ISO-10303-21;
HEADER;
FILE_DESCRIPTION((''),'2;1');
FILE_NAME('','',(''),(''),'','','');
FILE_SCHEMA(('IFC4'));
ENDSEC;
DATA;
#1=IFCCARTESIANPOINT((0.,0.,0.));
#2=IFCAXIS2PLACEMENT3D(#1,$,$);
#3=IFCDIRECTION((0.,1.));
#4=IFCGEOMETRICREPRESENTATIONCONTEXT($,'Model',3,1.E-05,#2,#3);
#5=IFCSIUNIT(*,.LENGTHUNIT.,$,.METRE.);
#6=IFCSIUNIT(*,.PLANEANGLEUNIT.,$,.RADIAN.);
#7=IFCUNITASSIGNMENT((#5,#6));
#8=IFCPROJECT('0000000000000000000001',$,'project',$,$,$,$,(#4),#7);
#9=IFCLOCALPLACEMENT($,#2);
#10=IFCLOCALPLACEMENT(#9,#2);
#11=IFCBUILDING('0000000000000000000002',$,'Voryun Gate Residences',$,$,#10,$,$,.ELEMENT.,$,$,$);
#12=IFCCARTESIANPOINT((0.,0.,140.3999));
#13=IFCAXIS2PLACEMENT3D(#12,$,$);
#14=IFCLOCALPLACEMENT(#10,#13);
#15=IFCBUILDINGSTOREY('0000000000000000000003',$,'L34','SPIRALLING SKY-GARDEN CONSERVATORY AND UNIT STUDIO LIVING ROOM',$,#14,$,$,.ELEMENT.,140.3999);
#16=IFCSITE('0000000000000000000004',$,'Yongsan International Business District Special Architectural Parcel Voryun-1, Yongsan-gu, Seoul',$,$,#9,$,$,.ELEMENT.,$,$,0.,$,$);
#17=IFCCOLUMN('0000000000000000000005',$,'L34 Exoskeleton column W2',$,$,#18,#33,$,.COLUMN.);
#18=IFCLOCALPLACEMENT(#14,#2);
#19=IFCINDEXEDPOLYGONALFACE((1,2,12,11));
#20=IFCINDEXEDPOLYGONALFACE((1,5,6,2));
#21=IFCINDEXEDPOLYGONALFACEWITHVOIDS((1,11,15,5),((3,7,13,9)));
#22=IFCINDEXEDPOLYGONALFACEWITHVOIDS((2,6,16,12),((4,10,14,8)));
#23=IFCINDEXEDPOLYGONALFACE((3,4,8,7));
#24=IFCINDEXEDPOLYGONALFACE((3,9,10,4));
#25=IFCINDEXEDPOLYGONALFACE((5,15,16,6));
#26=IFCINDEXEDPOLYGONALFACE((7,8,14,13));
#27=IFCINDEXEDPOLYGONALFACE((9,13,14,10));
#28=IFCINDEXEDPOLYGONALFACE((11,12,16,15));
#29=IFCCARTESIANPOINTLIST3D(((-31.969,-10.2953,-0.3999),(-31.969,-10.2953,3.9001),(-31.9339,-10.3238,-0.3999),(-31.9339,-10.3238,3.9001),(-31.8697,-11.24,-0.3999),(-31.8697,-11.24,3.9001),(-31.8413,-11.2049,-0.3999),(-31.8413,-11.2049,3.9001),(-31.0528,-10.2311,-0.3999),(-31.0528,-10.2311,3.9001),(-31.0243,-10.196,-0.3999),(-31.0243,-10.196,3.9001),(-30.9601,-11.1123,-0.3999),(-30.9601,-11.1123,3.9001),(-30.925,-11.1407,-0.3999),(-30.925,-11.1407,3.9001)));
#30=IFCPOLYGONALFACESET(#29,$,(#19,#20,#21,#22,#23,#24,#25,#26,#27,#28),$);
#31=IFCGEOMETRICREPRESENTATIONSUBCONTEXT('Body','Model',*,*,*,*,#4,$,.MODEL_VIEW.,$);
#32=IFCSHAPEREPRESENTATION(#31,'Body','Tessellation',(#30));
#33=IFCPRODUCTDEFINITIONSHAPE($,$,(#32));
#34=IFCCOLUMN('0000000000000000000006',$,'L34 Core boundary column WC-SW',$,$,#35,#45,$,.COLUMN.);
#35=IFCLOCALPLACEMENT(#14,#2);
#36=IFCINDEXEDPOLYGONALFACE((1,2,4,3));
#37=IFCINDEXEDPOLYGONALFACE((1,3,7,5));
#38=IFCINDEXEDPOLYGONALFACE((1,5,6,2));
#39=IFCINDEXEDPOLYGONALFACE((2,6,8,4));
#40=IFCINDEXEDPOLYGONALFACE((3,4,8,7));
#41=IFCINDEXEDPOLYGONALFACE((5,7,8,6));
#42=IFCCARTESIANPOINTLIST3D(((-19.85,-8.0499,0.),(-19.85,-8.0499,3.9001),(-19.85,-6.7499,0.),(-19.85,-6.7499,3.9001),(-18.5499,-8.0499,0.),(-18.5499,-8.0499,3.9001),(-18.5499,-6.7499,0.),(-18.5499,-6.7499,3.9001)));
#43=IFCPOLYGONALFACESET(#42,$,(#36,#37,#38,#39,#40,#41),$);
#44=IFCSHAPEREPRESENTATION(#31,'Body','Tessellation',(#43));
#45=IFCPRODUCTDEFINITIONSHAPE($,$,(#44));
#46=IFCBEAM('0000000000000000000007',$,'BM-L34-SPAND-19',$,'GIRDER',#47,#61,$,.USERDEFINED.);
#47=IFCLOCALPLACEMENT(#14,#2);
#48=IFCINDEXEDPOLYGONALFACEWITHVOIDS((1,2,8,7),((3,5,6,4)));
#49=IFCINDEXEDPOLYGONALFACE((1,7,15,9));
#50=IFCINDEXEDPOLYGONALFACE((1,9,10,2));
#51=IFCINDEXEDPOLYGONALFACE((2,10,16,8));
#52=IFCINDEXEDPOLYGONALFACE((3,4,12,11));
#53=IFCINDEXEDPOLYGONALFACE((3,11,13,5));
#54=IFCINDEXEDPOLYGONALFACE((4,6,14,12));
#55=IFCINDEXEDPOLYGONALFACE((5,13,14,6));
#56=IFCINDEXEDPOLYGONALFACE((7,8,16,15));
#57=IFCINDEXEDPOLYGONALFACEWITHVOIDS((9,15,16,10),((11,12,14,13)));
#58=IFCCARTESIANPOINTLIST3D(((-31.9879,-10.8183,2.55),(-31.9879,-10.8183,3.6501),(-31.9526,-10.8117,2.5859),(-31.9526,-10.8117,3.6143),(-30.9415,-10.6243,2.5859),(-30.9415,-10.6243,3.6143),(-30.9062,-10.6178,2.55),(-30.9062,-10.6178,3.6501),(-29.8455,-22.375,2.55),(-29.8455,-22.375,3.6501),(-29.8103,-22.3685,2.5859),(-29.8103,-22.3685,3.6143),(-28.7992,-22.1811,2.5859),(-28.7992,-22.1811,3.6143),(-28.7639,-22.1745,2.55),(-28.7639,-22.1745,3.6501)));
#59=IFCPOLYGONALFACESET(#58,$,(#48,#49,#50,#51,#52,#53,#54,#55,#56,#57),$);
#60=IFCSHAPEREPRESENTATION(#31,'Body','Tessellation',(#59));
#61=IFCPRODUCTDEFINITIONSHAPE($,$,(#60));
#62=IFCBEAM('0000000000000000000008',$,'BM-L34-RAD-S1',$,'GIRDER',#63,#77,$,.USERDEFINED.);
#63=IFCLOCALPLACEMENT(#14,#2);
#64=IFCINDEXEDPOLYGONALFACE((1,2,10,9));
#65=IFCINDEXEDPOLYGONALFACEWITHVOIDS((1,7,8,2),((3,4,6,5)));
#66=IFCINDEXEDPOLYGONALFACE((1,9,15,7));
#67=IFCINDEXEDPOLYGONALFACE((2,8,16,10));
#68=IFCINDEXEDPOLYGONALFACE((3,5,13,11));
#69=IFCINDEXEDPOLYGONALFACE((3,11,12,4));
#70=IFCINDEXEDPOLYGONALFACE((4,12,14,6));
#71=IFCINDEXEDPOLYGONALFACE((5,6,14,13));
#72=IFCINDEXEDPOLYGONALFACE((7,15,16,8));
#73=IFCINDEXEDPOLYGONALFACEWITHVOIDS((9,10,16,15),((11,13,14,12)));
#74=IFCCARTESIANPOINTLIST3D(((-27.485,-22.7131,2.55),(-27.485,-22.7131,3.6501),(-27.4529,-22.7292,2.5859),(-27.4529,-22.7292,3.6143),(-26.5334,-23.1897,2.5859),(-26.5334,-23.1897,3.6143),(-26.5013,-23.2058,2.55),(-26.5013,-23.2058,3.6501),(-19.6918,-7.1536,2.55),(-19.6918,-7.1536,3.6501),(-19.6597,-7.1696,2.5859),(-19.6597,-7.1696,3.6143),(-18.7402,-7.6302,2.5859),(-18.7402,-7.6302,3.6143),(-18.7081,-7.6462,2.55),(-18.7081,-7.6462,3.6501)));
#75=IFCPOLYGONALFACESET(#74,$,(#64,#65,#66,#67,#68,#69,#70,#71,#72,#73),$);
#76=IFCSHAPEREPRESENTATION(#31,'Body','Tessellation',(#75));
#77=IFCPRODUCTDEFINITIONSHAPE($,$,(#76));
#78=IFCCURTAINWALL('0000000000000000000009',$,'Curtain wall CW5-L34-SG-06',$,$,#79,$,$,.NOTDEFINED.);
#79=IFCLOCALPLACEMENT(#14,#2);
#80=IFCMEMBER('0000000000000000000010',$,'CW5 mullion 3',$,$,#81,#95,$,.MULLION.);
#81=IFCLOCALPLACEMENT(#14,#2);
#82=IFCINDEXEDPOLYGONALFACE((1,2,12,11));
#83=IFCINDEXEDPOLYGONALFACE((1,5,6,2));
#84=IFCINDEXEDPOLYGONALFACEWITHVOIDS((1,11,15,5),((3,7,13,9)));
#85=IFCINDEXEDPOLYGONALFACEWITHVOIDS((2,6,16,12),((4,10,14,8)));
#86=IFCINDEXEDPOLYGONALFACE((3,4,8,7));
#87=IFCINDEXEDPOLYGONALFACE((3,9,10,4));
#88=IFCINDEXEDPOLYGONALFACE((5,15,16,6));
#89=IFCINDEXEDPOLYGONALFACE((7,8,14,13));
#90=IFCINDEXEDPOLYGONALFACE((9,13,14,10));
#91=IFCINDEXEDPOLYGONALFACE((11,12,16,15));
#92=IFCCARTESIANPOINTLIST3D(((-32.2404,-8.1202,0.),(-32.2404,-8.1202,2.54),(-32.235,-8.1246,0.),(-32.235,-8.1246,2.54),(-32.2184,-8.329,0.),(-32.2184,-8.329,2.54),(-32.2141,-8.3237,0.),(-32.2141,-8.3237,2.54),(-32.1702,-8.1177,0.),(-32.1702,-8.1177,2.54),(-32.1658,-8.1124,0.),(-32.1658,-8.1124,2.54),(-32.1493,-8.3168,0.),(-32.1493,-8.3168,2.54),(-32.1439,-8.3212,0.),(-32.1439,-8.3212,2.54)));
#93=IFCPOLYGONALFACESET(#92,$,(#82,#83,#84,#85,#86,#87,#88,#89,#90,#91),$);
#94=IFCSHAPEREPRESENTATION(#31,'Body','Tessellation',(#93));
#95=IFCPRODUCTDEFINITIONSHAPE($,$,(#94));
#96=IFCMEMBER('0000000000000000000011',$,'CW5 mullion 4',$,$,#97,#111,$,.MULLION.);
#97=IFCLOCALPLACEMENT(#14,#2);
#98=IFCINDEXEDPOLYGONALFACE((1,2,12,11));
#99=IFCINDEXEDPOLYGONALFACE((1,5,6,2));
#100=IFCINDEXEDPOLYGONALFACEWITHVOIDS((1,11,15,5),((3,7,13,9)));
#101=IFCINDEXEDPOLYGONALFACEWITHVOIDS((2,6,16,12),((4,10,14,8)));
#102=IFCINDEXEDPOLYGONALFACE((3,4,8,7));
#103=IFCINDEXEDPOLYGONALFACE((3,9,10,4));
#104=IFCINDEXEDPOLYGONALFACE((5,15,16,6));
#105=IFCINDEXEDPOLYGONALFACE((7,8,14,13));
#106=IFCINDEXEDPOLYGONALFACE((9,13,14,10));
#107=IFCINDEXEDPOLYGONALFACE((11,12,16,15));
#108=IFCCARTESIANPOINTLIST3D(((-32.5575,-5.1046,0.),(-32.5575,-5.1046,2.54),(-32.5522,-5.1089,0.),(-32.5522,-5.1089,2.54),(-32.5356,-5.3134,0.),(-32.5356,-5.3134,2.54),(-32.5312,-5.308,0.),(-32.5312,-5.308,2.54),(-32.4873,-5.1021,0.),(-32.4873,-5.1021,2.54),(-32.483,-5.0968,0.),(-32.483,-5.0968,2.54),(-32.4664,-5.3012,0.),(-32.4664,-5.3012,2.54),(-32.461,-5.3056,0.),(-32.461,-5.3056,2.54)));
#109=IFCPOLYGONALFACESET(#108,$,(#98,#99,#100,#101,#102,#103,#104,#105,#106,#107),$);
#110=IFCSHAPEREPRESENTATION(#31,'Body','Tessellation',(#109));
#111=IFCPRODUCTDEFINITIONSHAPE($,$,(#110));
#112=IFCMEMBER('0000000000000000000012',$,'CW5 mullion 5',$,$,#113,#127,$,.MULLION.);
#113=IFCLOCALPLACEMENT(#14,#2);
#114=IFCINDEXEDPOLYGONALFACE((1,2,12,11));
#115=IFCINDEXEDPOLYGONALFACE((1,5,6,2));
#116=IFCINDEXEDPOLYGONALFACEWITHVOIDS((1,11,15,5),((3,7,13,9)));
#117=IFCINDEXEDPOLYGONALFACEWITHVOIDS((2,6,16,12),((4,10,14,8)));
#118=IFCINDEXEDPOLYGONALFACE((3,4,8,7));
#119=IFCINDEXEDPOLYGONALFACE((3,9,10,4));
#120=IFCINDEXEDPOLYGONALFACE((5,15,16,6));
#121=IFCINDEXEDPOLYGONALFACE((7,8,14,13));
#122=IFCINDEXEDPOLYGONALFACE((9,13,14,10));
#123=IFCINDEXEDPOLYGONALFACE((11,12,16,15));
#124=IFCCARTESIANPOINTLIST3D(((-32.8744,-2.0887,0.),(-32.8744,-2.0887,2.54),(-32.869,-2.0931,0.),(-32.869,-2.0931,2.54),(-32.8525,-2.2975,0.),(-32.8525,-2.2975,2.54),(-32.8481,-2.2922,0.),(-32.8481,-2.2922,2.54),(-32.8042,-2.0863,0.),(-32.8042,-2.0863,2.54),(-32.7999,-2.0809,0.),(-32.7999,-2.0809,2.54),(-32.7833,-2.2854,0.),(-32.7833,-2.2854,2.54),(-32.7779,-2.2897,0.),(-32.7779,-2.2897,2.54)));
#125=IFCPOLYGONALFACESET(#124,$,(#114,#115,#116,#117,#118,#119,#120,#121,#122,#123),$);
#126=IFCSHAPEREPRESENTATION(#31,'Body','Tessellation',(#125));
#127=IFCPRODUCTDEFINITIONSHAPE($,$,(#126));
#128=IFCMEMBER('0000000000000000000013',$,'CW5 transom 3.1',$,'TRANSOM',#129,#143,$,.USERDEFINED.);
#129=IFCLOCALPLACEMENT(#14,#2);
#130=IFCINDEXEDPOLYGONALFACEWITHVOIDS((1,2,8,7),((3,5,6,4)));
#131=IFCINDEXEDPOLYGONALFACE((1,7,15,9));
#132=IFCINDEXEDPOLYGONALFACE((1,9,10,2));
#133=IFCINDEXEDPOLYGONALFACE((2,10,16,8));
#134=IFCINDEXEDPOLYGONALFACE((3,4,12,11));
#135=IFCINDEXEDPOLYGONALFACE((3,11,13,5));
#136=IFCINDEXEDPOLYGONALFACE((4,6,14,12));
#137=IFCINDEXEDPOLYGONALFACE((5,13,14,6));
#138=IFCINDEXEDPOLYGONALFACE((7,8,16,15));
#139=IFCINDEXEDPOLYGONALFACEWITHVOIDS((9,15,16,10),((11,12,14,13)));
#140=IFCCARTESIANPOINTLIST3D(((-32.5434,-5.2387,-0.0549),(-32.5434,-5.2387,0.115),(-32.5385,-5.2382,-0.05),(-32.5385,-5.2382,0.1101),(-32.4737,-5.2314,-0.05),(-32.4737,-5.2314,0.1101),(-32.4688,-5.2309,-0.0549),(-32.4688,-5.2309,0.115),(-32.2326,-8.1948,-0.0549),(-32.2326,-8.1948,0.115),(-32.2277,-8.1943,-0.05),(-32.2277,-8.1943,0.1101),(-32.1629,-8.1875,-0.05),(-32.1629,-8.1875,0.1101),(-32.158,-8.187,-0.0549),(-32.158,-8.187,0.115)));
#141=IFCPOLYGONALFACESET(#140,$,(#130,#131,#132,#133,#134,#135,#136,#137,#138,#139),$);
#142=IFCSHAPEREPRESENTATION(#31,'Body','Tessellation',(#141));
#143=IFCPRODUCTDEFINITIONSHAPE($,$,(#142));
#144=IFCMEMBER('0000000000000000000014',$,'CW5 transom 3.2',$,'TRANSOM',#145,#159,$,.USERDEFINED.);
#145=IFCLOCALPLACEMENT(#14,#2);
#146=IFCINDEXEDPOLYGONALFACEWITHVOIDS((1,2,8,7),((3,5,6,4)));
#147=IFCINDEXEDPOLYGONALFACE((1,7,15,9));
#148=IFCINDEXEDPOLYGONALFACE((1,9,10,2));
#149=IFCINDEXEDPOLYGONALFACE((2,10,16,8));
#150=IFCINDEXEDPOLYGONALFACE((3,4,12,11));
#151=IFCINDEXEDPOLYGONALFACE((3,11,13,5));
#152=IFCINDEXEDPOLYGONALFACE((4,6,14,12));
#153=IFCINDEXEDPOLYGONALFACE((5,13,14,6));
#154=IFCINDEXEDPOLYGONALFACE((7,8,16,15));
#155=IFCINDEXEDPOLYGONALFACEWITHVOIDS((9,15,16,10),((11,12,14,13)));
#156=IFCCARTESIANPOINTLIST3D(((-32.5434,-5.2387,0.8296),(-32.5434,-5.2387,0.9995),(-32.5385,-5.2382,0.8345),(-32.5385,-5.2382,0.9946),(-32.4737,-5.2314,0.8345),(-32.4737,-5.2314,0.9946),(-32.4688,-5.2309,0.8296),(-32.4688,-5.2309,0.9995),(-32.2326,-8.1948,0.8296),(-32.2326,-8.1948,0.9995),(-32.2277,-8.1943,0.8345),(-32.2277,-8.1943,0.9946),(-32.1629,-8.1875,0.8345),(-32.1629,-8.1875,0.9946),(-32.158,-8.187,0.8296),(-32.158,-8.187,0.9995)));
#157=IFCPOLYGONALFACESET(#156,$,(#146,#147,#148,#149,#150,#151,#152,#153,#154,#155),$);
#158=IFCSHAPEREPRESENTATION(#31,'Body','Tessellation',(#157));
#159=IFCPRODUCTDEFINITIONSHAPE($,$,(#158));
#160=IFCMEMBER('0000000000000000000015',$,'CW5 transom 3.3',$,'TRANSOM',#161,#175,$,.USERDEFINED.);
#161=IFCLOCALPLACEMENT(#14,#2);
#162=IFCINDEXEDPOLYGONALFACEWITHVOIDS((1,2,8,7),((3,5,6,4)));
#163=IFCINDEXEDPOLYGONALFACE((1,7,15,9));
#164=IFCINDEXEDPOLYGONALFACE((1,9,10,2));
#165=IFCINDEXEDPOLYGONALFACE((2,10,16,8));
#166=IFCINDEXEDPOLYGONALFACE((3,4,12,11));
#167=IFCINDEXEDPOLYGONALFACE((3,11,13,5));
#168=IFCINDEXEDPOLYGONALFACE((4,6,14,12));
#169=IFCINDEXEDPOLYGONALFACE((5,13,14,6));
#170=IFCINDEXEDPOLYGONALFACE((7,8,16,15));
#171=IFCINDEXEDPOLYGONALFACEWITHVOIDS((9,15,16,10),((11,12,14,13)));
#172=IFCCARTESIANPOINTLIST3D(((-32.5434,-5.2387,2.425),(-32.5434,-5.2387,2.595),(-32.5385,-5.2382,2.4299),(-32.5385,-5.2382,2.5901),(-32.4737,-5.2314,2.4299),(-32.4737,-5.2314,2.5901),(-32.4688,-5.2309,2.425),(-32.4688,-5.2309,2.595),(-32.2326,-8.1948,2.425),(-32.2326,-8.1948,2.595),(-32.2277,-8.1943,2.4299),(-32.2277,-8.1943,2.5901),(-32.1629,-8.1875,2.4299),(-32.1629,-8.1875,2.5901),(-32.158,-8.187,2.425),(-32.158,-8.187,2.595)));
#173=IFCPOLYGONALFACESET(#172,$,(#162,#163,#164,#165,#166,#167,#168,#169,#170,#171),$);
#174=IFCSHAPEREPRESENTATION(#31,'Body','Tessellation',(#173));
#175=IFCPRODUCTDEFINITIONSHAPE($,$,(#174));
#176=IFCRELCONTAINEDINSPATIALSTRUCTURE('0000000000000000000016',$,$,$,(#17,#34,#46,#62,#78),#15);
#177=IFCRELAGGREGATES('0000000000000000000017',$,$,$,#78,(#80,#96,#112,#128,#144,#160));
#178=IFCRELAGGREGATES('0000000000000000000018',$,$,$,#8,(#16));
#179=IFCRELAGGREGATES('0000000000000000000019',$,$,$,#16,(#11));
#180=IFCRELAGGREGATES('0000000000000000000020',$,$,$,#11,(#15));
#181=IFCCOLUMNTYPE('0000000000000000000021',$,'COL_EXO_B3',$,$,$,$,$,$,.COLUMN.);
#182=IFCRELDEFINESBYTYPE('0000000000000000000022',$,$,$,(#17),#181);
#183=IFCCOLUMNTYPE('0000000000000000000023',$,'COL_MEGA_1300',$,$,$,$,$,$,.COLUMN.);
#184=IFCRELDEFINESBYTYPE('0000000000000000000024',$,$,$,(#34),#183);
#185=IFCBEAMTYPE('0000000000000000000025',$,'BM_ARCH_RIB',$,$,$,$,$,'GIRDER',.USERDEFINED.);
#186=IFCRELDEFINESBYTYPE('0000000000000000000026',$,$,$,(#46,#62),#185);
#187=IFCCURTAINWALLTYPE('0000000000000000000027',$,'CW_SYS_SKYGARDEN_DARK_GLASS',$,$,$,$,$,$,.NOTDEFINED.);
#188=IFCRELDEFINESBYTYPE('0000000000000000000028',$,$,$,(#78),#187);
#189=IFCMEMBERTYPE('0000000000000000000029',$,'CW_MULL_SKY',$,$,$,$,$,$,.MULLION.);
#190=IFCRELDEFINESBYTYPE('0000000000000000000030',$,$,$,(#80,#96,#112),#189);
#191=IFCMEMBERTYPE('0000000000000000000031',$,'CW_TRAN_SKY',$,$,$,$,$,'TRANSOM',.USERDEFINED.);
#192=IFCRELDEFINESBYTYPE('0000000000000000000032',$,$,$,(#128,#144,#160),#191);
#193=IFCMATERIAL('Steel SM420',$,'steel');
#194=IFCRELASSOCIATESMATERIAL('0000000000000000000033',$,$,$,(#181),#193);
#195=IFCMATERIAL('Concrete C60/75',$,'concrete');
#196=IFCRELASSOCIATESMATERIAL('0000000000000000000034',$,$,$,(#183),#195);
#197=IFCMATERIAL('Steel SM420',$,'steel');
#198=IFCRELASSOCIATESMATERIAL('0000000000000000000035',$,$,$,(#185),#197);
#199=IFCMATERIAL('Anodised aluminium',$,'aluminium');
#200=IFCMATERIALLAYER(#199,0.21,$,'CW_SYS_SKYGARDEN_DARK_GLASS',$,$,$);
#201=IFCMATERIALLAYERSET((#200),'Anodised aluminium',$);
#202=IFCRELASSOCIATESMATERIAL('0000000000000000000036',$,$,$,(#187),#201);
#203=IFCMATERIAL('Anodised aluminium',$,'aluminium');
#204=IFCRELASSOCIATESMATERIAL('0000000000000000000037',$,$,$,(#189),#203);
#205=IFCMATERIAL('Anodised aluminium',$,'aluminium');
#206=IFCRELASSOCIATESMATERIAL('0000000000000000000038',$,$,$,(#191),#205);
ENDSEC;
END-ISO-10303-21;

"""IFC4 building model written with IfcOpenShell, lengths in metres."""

from ifc_helpers import new_model, si_unit, direction, frame, origin, origin_2d, place, context, subcontext, project, spatial, rectangle, hollow_rectangle, extrude, material, layer, layer_set, material_profile, profile_set, type_object, element, aggregate, save


model = new_model("IFC4")

# Units and contexts
model_context = context("Model", 3, precision=1e-05, world=origin(), true_north=direction((0.0, 1.0)))
body_context = subcontext(model_context, "Body", "Model", "MODEL_VIEW")
ifc_project = project(units=[si_unit("LENGTHUNIT", "METRE"), si_unit("PLANEANGLEUNIT", "RADIAN")], contexts=[model_context])

# Site, building, storey
site_placement = place(None, origin())
site = spatial("IfcSite", under=ifc_project, at=site_placement, Name="Yongsan International Business District Special Architectural Parcel Voryun-1, Yongsan-gu, Seoul", CompositionType="ELEMENT", RefElevation=0.0)
building_placement = place(site_placement, origin())
building = spatial("IfcBuilding", under=site, at=building_placement, Name="Voryun Gate Residences", CompositionType="ELEMENT")
storey_placement = place(building_placement, frame((0.0, 0.0, 140.3999)))
storey = spatial("IfcBuildingStorey", under=building, at=storey_placement, Name="L34", Description="SPIRALLING SKY-GARDEN CONSERVATORY AND UNIT STUDIO LIVING ROOM", CompositionType="ELEMENT", Elevation=140.3999)

# Columns
ifc_material_1 = material(Name="Steel SM420", Category="steel")
ifc_material_profile_1 = material_profile(ifc_material_1, hollow_rectangle(XDim=0.95, YDim=0.95, WallThickness=0.032, at=origin_2d()), Name="BOX-950x950x32")
ifc_profile_set_1 = profile_set([ifc_material_profile_1], Name="Steel SM420")
column_type_1 = type_object("IfcColumnType", Name="COL_EXO_B3", PredefinedType="COLUMN", material=ifc_profile_set_1)
column_1_placement = place(storey_placement, frame((-31.447, -10.718, -0.3999), z_axis=(0.0, 0.0, 1.0), x_axis=(0.994522, 0.104528, 0.0)))
element("IfcColumn", 1, at=column_1_placement, inside=storey, type_object=column_type_1, Name="L34 Exoskeleton column W2", PredefinedType="COLUMN", context=body_context, shape_type="SweptSolid", body=[
    extrude(hollow_rectangle(XDim=0.95, YDim=0.95, WallThickness=0.032, at=origin_2d()), origin(), (0.0, 0.0, 1.0), 4.3),
])
ifc_material_2 = material(Name="Concrete C60/75", Category="concrete")
ifc_material_profile_2 = material_profile(ifc_material_2, rectangle(XDim=1.3, YDim=1.3, at=origin_2d()), Name="RC-1300x1300")
ifc_profile_set_2 = profile_set([ifc_material_profile_2], Name="Concrete C60/75")
column_type_2 = type_object("IfcColumnType", Name="COL_MEGA_1300", PredefinedType="COLUMN", material=ifc_profile_set_2)
column_2_placement = place(storey_placement, frame((-19.2, -7.3999, 0.0), z_axis=(0.0, 0.0, 1.0), x_axis=(1.0, 0.0, 0.0)))
element("IfcColumn", 2, at=column_2_placement, inside=storey, type_object=column_type_2, Name="L34 Core boundary column WC-SW", PredefinedType="COLUMN", context=body_context, shape_type="SweptSolid", body=[
    extrude(rectangle(XDim=1.3, YDim=1.3, at=origin_2d()), origin(), (0.0, 0.0, 1.0), 3.9001),
])

# Beams
ifc_material_3 = material(Name="Steel SM420", Category="steel")
ifc_material_profile_3 = material_profile(ifc_material_3, hollow_rectangle(XDim=1.1001, YDim=1.1001, WallThickness=0.0359, at=origin_2d()), Name="BOX-1100x1100x36")
ifc_profile_set_3 = profile_set([ifc_material_profile_3], Name="Steel SM420")
beam_type = type_object("IfcBeamType", Name="BM_ARCH_RIB", ElementType="GIRDER", PredefinedType="USERDEFINED", material=ifc_profile_set_3)
beam_1_placement = place(storey_placement, frame((-31.447, -10.718, 3.1001), z_axis=(0.182268, -0.983249, 0.0), x_axis=(0.983249, 0.182268, 0.0)))
element("IfcBeam", 3, at=beam_1_placement, inside=storey, type_object=beam_type, Name="BM-L34-SPAND-19", ObjectType="GIRDER", PredefinedType="USERDEFINED", context=body_context, shape_type="SweptSolid", body=[
    extrude(hollow_rectangle(XDim=1.1001, YDim=1.1001, WallThickness=0.0359, at=origin_2d()), origin(), (0.0, 0.0, 1.0), 11.7537),
])
beam_2_placement = place(storey_placement, frame((-19.2, -7.3999, 3.1001), z_axis=(-0.447831, -0.894118, 0.0), x_axis=(0.894118, -0.447831, 0.0)))
element("IfcBeam", 4, at=beam_2_placement, inside=storey, type_object=beam_type, Name="BM-L34-RAD-S1", ObjectType="GIRDER", PredefinedType="USERDEFINED", context=body_context, shape_type="SweptSolid", body=[
    extrude(hollow_rectangle(XDim=1.1001, YDim=1.1001, WallThickness=0.0359, at=origin_2d()), origin(), (0.0, 0.0, 1.0), 17.4021),
])

# Curtain wall, members
ifc_material_4 = material(Name="Anodised aluminium", Category="aluminium")
ifc_layer_1 = layer(ifc_material_4, 0.21, Name="CW_SYS_SKYGARDEN_DARK_GLASS")
ifc_layer_set_1 = layer_set([ifc_layer_1], Name="Anodised aluminium")
curtain_wall_type = type_object("IfcCurtainWallType", Name="CW_SYS_SKYGARDEN_DARK_GLASS", PredefinedType="NOTDEFINED", material=ifc_layer_set_1)
curtain_wall_placement = place(storey_placement, origin())
curtain_wall = element("IfcCurtainWall", 5, at=curtain_wall_placement, inside=storey, type_object=curtain_wall_type, Name="Curtain wall CW5-L34-SG-06", PredefinedType="NOTDEFINED")
ifc_material_5 = material(Name="Anodised aluminium", Category="aluminium")
ifc_material_profile_4 = material_profile(ifc_material_5, hollow_rectangle(XDim=0.075, YDim=0.21, WallThickness=0.0049, at=origin_2d()), Name="ALU-MULL-210x75x5")
ifc_profile_set_4 = profile_set([ifc_material_profile_4], Name="Anodised aluminium")
member_type_1 = type_object("IfcMemberType", Name="CW_MULL_SKY", PredefinedType="MULLION", material=ifc_profile_set_4)
member_1_placement = place(storey_placement, frame((-32.1921, -8.2207, 0.0), z_axis=(0.0, 0.0, 1.0), x_axis=(-0.994522, -0.10453, 0.0)))
member_1 = element("IfcMember", 6, at=member_1_placement, type_object=member_type_1, Name="CW5 mullion 3", PredefinedType="MULLION", context=body_context, shape_type="SweptSolid", body=[
    extrude(hollow_rectangle(XDim=0.075, YDim=0.21, WallThickness=0.0049, at=origin_2d()), origin(), (0.0, 0.0, 1.0), 2.54),
])
member_2_placement = place(storey_placement, frame((-32.5093, -5.2051, 0.0), z_axis=(0.0, 0.0, 1.0), x_axis=(-0.994522, -0.10453, 0.0)))
member_2 = element("IfcMember", 7, at=member_2_placement, type_object=member_type_1, Name="CW5 mullion 4", PredefinedType="MULLION", context=body_context, shape_type="SweptSolid", body=[
    extrude(hollow_rectangle(XDim=0.075, YDim=0.21, WallThickness=0.0049, at=origin_2d()), origin(), (0.0, 0.0, 1.0), 2.54),
])
member_3_placement = place(storey_placement, frame((-32.8262, -2.1892, 0.0), z_axis=(0.0, 0.0, 1.0), x_axis=(-0.994522, -0.10453, 0.0)))
member_3 = element("IfcMember", 8, at=member_3_placement, type_object=member_type_1, Name="CW5 mullion 5", PredefinedType="MULLION", context=body_context, shape_type="SweptSolid", body=[
    extrude(hollow_rectangle(XDim=0.075, YDim=0.21, WallThickness=0.0049, at=origin_2d()), origin(), (0.0, 0.0, 1.0), 2.54),
])
ifc_material_6 = material(Name="Anodised aluminium", Category="aluminium")
ifc_material_profile_5 = material_profile(ifc_material_6, hollow_rectangle(XDim=0.075, YDim=0.1699, WallThickness=0.0049, at=origin_2d()), Name="ALU-TRAN-170x75x5")
ifc_profile_set_5 = profile_set([ifc_material_profile_5], Name="Anodised aluminium")
member_type_2 = type_object("IfcMemberType", Name="CW_TRAN_SKY", ElementType="TRANSOM", PredefinedType="USERDEFINED", material=ifc_profile_set_5)
member_4_placement = place(storey_placement, frame((-32.1953, -8.1909, 0.03), z_axis=(-0.104561, 0.994518, 0.0), x_axis=(-0.994518, -0.104561, 0.0)))
member_4 = element("IfcMember", 9, at=member_4_placement, type_object=member_type_2, Name="CW5 transom 3.1", ObjectType="TRANSOM", PredefinedType="USERDEFINED", context=body_context, shape_type="SweptSolid", body=[
    extrude(hollow_rectangle(XDim=0.075, YDim=0.1699, WallThickness=0.0049, at=origin_2d()), origin(), (0.0, 0.0, 1.0), 2.9724),
])
member_5_placement = place(storey_placement, frame((-32.1953, -8.1909, 0.9146), z_axis=(-0.104561, 0.994518, 0.0), x_axis=(-0.994518, -0.104561, 0.0)))
member_5 = element("IfcMember", 10, at=member_5_placement, type_object=member_type_2, Name="CW5 transom 3.2", ObjectType="TRANSOM", PredefinedType="USERDEFINED", context=body_context, shape_type="SweptSolid", body=[
    extrude(hollow_rectangle(XDim=0.075, YDim=0.1699, WallThickness=0.0049, at=origin_2d()), origin(), (0.0, 0.0, 1.0), 2.9724),
])
member_6_placement = place(storey_placement, frame((-32.1953, -8.1909, 2.51), z_axis=(-0.104561, 0.994518, 0.0), x_axis=(-0.994518, -0.104561, 0.0)))
member_6 = element("IfcMember", 11, at=member_6_placement, type_object=member_type_2, Name="CW5 transom 3.3", ObjectType="TRANSOM", PredefinedType="USERDEFINED", context=body_context, shape_type="SweptSolid", body=[
    extrude(hollow_rectangle(XDim=0.075, YDim=0.1699, WallThickness=0.0049, at=origin_2d()), origin(), (0.0, 0.0, 1.0), 2.9724),
])

aggregate(curtain_wall, [member_1, member_2, member_3, member_4, member_5, member_6])

save(model, "model.ifc")
